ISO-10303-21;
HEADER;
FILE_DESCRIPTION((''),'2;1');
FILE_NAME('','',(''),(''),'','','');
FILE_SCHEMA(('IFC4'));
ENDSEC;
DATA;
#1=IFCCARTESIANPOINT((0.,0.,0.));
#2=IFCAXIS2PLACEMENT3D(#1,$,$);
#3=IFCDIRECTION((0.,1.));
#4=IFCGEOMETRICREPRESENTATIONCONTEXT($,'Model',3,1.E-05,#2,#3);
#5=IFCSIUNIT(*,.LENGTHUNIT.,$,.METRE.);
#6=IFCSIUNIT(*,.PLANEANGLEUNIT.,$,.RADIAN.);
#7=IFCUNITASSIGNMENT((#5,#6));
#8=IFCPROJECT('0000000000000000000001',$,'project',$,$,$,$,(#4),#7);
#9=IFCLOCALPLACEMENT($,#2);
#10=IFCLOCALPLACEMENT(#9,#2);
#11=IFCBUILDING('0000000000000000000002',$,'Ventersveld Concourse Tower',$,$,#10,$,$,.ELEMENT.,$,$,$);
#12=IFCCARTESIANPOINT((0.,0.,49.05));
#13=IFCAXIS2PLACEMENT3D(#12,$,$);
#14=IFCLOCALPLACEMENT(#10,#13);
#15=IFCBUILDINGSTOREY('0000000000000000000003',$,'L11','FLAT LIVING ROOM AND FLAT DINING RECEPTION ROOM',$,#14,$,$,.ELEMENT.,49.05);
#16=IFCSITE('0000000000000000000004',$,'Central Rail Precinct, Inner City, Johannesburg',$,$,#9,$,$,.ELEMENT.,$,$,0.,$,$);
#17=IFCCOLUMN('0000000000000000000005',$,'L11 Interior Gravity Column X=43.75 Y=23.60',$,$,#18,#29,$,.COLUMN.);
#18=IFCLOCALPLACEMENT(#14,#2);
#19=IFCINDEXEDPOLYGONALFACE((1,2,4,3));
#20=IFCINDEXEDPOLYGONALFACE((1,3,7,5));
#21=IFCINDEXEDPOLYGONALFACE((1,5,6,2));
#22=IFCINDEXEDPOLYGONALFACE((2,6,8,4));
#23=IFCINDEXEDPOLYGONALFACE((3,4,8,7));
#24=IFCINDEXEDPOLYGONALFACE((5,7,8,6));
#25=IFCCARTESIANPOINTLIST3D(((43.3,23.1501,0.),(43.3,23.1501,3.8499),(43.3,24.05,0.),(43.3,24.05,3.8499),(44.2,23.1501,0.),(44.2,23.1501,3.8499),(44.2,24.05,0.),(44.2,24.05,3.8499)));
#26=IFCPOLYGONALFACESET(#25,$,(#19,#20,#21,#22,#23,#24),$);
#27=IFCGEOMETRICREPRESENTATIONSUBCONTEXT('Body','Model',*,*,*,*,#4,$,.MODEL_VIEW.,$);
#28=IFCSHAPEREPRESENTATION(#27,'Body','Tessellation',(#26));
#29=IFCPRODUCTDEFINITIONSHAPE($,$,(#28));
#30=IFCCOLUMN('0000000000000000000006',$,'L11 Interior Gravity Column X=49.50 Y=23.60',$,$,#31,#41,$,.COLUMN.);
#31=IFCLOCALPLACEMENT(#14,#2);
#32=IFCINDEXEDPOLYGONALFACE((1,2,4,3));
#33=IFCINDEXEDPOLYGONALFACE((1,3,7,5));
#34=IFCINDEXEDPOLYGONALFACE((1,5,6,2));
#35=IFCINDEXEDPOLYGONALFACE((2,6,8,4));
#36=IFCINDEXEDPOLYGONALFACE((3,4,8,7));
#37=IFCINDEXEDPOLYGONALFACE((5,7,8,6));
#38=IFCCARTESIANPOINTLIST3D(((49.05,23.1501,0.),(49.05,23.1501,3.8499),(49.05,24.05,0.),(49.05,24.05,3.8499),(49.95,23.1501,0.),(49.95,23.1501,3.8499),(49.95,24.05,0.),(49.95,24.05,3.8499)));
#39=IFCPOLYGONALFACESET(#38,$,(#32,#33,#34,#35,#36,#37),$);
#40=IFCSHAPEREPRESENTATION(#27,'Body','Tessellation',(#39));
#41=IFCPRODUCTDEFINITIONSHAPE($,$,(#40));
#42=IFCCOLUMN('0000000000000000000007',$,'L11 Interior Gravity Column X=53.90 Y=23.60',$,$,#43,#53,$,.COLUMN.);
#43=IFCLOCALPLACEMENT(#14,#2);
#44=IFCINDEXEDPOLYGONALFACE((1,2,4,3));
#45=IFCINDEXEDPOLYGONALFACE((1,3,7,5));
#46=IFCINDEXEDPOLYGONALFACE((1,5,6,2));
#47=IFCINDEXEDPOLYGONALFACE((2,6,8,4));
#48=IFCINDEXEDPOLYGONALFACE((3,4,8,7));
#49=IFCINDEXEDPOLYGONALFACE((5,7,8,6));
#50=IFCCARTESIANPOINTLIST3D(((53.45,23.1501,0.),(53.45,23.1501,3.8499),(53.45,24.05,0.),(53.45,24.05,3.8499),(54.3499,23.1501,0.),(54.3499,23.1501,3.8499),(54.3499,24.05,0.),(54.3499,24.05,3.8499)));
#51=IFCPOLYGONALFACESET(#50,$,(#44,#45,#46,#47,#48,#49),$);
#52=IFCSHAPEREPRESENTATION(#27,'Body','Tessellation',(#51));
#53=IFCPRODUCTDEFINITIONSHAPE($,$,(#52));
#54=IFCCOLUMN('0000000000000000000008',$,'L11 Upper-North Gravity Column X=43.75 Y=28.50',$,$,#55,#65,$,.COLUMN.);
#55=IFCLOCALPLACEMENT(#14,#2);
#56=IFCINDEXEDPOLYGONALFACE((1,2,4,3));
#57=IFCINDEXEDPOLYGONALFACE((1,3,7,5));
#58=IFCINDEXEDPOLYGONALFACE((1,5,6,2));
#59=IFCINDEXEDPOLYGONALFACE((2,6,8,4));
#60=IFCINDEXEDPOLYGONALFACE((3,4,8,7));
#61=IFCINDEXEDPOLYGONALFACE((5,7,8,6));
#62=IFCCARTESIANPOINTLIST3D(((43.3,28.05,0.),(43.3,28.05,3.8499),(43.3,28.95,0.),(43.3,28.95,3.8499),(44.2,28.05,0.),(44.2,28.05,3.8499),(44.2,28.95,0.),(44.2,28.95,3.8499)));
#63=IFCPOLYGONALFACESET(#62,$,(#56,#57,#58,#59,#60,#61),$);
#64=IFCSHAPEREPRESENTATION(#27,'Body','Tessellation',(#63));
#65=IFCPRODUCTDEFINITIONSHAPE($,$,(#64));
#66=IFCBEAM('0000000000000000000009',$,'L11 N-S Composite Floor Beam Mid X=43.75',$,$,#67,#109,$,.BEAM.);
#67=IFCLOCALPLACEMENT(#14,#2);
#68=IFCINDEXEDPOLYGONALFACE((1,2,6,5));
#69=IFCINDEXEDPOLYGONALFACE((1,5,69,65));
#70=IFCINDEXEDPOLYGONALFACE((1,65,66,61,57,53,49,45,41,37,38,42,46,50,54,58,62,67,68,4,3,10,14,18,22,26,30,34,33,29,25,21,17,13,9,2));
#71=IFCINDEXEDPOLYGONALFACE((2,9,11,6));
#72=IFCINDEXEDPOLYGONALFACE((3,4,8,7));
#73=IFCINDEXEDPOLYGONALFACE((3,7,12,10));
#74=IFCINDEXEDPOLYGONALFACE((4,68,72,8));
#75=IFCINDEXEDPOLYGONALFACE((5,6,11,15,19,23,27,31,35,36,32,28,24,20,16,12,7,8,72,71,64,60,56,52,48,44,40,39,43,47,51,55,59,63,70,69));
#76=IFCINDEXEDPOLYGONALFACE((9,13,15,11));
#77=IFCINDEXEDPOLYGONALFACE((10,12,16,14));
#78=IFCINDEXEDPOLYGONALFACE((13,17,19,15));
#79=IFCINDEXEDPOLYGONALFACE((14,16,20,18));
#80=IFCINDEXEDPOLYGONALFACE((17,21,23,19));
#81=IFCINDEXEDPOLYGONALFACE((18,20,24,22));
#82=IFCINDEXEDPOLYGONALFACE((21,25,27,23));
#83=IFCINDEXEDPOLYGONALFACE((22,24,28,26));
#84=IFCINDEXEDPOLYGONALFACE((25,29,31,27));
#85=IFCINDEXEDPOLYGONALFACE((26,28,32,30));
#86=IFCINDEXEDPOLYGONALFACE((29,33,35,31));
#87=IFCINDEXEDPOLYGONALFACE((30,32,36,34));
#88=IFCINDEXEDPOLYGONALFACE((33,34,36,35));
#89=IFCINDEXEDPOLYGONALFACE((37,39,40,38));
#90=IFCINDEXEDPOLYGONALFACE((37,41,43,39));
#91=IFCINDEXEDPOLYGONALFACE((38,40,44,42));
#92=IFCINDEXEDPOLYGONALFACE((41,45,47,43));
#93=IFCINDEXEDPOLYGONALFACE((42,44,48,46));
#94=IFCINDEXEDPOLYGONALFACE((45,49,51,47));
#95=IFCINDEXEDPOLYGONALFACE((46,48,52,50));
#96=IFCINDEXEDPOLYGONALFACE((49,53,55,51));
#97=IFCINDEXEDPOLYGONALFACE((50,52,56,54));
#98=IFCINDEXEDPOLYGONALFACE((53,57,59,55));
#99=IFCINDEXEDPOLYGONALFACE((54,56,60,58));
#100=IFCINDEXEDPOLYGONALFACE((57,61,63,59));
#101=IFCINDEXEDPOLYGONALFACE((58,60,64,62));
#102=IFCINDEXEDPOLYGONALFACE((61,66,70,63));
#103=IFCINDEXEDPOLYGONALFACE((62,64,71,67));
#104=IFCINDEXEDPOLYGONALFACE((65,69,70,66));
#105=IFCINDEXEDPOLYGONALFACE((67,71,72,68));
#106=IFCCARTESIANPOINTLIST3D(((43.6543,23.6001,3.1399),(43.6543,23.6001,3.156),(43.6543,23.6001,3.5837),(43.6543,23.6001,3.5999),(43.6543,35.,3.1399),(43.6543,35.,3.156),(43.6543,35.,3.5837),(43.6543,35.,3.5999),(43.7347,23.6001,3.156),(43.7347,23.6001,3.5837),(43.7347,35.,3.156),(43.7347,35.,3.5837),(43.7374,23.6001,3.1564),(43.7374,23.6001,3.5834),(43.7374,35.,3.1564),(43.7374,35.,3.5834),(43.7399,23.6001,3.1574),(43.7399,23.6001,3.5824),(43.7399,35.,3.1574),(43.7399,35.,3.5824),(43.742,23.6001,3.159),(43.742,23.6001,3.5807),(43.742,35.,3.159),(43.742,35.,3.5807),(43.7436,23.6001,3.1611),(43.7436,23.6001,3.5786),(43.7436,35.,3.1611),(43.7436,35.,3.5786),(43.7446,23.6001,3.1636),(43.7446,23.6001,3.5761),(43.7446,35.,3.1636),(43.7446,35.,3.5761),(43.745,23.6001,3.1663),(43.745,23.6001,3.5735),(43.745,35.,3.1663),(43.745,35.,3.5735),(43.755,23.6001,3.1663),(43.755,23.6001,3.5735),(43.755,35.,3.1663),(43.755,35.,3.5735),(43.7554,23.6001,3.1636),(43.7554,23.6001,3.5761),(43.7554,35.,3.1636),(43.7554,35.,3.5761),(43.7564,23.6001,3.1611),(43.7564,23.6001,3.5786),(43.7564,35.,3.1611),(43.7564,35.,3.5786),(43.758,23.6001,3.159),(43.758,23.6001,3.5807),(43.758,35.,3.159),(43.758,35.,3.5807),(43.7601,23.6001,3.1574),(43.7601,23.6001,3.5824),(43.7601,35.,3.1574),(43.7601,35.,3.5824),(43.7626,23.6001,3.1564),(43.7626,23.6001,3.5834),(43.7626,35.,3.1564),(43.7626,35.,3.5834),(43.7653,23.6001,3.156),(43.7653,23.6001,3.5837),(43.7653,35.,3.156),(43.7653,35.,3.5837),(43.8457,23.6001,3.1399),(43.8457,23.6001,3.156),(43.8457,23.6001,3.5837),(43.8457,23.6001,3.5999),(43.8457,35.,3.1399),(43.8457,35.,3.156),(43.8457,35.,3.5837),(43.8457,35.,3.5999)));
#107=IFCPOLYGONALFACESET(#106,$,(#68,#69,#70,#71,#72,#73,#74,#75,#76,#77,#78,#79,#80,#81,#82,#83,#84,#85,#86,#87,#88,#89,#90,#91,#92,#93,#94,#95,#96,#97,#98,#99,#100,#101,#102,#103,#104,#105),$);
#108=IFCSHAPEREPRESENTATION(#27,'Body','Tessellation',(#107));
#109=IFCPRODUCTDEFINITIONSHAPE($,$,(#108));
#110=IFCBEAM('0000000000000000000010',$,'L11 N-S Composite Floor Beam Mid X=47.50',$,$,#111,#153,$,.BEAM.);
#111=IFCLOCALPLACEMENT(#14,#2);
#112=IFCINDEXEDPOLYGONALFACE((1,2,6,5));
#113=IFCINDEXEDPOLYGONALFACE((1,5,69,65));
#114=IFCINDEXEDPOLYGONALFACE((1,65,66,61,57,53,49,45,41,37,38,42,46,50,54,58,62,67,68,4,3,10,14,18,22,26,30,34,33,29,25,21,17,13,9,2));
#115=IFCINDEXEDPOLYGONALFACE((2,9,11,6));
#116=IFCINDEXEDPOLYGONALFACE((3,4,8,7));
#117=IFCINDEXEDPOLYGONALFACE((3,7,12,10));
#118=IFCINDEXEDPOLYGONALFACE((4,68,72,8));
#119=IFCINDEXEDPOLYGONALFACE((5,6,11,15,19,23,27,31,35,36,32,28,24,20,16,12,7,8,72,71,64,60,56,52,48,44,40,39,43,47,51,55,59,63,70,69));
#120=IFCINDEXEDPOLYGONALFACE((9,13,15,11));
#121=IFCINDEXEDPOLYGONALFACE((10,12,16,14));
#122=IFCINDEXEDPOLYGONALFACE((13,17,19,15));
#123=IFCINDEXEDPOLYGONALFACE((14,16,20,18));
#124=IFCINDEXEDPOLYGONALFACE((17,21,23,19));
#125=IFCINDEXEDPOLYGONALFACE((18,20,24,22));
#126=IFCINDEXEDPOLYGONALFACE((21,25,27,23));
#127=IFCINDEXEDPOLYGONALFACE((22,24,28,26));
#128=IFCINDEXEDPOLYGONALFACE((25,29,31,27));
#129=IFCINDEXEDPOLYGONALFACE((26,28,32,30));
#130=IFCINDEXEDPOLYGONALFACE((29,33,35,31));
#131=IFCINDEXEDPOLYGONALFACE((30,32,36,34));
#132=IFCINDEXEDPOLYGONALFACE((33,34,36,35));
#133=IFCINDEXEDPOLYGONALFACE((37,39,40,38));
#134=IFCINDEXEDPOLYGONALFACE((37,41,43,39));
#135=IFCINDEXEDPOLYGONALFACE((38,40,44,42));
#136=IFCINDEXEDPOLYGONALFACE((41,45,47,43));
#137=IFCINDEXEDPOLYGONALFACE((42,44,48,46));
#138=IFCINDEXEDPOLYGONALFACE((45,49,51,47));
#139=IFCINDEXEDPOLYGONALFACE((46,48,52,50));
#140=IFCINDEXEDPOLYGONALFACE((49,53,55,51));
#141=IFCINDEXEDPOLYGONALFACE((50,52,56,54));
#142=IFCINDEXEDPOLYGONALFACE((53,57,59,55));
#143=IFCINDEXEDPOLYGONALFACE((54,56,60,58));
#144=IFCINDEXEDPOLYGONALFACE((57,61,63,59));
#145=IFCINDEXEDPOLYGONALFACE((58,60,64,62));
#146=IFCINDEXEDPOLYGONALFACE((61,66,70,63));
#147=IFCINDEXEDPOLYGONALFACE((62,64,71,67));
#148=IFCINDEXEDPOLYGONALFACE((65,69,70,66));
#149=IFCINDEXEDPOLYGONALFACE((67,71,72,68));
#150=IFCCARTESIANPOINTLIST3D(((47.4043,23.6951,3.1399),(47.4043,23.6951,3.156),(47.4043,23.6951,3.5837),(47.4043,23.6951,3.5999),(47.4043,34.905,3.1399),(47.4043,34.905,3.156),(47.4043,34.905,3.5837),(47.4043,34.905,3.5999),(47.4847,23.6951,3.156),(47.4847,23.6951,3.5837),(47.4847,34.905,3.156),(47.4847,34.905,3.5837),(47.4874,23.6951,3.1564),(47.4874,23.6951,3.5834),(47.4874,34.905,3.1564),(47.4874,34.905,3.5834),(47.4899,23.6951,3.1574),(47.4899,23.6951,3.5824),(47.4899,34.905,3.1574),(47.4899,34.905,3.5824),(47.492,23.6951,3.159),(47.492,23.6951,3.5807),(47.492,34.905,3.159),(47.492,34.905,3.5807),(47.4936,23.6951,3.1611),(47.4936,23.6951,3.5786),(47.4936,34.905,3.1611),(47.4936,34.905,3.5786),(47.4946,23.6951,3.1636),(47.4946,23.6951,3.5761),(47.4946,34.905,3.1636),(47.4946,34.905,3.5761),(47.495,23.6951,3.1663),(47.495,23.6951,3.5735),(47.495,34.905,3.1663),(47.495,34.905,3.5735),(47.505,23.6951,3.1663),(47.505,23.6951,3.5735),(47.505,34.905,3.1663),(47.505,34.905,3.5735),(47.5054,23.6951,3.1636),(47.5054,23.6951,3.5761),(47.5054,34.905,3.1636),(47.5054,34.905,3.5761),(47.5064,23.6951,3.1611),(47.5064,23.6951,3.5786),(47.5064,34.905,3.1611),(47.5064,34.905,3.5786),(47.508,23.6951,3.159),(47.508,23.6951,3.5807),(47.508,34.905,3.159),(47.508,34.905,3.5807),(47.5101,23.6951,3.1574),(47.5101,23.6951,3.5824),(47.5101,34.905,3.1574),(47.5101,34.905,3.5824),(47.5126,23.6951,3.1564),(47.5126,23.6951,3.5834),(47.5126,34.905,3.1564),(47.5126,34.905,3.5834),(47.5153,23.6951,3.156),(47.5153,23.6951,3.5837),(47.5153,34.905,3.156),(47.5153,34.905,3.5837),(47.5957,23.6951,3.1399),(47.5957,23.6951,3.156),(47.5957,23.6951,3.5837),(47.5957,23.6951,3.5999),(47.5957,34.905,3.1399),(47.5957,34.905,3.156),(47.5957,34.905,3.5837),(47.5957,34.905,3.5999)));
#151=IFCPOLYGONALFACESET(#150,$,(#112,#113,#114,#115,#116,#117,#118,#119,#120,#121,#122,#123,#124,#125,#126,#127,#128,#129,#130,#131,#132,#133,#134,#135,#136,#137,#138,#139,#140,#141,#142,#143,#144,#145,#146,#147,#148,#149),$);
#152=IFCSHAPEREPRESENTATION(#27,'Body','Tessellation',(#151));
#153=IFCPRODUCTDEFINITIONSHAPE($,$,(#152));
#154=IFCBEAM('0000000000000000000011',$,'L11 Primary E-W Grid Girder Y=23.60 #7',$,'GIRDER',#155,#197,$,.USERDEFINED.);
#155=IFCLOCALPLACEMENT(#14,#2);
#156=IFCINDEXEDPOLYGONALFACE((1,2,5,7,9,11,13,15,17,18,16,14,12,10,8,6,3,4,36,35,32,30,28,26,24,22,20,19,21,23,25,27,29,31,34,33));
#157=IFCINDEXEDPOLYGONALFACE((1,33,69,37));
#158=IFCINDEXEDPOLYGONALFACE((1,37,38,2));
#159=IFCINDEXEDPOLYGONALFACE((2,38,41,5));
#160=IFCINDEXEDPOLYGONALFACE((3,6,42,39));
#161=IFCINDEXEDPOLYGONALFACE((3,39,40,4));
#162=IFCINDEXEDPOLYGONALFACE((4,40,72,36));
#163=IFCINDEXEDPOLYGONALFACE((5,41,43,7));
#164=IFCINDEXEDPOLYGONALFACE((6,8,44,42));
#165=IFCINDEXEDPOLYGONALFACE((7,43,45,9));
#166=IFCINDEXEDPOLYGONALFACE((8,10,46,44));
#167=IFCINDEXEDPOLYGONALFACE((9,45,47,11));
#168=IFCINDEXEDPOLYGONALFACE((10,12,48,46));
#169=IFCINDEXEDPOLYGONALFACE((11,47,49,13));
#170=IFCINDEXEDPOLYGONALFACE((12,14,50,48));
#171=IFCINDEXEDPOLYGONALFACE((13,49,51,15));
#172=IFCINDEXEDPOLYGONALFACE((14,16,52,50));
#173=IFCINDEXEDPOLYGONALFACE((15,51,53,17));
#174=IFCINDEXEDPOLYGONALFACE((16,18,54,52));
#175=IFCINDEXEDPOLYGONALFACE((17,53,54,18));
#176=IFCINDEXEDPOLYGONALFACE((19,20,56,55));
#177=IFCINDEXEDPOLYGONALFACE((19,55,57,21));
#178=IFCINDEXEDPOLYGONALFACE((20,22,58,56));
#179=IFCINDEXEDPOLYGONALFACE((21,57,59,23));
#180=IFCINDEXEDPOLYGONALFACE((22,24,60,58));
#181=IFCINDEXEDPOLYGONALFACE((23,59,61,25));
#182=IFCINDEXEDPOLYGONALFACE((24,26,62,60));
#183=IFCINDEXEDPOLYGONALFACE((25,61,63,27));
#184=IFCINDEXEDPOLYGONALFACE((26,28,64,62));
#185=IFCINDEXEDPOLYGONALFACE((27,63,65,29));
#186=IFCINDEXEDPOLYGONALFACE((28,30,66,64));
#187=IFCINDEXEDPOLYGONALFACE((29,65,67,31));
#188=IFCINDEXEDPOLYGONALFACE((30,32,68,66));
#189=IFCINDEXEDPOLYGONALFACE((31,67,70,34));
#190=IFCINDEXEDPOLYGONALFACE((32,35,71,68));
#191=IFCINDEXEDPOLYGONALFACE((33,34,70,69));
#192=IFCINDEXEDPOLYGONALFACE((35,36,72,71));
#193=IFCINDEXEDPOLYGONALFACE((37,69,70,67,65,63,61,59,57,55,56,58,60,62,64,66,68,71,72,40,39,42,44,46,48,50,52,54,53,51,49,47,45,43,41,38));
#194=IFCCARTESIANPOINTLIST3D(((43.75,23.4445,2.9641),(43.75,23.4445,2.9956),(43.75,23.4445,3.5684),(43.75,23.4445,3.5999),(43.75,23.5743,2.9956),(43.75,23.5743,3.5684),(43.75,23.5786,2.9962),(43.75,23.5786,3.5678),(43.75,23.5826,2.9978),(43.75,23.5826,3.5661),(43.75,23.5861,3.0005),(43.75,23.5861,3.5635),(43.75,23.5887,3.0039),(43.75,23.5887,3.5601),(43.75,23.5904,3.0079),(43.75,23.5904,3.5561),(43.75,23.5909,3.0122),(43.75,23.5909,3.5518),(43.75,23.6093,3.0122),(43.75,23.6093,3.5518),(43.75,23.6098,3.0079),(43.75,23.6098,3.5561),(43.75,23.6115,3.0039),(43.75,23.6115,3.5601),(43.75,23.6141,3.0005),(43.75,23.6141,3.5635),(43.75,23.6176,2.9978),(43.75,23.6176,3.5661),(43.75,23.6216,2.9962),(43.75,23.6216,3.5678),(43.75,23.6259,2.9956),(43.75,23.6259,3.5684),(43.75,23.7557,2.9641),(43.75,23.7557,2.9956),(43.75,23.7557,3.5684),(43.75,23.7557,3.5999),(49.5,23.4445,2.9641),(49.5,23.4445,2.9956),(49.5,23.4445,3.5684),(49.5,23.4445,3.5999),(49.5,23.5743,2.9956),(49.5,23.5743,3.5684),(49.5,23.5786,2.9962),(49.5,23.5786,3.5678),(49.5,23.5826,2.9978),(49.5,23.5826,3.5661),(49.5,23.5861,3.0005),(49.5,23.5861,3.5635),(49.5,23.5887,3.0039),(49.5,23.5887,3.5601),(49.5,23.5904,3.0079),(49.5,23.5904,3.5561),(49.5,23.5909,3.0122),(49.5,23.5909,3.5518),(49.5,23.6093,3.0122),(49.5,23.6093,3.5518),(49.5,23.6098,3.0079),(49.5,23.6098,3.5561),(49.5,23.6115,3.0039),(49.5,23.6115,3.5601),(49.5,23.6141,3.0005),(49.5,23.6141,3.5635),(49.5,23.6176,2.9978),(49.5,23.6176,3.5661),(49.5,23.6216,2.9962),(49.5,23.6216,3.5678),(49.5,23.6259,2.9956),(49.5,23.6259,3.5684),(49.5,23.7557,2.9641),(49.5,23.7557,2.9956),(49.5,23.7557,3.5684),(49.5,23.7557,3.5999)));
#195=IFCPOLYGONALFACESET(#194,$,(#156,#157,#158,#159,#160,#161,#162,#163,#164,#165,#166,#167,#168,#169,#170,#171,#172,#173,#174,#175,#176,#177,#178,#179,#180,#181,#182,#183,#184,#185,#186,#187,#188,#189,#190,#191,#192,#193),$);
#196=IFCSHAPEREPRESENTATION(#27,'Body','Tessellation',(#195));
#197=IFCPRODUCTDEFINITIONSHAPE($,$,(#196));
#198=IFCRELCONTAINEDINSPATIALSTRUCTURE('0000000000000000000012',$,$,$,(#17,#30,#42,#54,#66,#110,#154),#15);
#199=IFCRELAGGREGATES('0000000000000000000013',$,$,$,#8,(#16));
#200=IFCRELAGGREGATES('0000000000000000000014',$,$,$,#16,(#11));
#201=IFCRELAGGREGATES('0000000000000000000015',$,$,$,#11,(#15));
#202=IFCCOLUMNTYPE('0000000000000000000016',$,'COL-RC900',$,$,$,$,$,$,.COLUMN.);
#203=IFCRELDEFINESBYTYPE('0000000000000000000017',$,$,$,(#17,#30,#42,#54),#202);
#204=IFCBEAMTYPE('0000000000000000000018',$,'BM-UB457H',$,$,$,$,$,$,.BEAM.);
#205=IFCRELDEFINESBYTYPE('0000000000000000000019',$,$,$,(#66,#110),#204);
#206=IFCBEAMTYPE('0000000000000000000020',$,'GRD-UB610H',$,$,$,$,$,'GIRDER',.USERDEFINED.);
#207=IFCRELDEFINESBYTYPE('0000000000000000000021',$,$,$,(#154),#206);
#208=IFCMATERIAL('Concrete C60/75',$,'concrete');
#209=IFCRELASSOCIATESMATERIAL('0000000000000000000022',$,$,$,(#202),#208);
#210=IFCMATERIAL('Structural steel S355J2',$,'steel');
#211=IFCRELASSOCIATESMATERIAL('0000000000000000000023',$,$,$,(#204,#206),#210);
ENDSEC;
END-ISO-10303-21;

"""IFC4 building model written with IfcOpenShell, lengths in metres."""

from ifc_helpers import new_model, si_unit, direction, frame, origin, origin_2d, place, context, subcontext, project, spatial, rectangle, i_section, extrude, material, material_profile, profile_set, type_object, element, save


model = new_model("IFC4")

# Units and contexts
model_context = context("Model", 3, precision=1e-05, world=origin(), true_north=direction((0.0, 1.0)))
body_context = subcontext(model_context, "Body", "Model", "MODEL_VIEW")
ifc_project = project(units=[si_unit("LENGTHUNIT", "METRE"), si_unit("PLANEANGLEUNIT", "RADIAN")], contexts=[model_context])

# Site, building, storey
site_placement = place(None, origin())
site = spatial("IfcSite", under=ifc_project, at=site_placement, Name="Central Rail Precinct, Inner City, Johannesburg", CompositionType="ELEMENT", RefElevation=0.0)
building_placement = place(site_placement, origin())
building = spatial("IfcBuilding", under=site, at=building_placement, Name="Ventersveld Concourse Tower", CompositionType="ELEMENT")
storey_placement = place(building_placement, frame((0.0, 0.0, 49.05)))
storey = spatial("IfcBuildingStorey", under=building, at=storey_placement, Name="L11", Description="FLAT LIVING ROOM AND FLAT DINING RECEPTION ROOM", CompositionType="ELEMENT", Elevation=49.05)

# Columns
ifc_material_1 = material(Name="Concrete C60/75", Category="concrete")
ifc_material_profile_1 = material_profile(ifc_material_1, rectangle(XDim=0.8999, YDim=0.8999, at=origin_2d()), Name="RC 900x900")
ifc_profile_set_1 = profile_set([ifc_material_profile_1], Name="Concrete C60/75")
column_type = type_object("IfcColumnType", Name="COL-RC900", PredefinedType="COLUMN", material=ifc_profile_set_1)
for number, where, z_axis, x_axis, name in (
    (1, (43.75, 23.6001, 0.0), (0.0, 0.0, 1.0), (1.0, 0.0, 0.0), "L11 Interior Gravity Column X=43.75 Y=23.60"),
    (2, (49.5, 23.6001, 0.0), (0.0, 0.0, 1.0), (1.0, 0.0, 0.0), "L11 Interior Gravity Column X=49.50 Y=23.60"),
    (3, (53.8999, 23.6001, 0.0), (0.0, 0.0, 1.0), (1.0, 0.0, 0.0), "L11 Interior Gravity Column X=53.90 Y=23.60"),
    (4, (43.75, 28.5, 0.0), (0.0, 0.0, 1.0), (1.0, 0.0, 0.0), "L11 Upper-North Gravity Column X=43.75 Y=28.50"),
):
    element("IfcColumn", number, at=place(storey_placement, frame(where, z_axis=z_axis, x_axis=x_axis)), inside=storey, type_object=column_type, Name=name, PredefinedType="COLUMN", context=body_context, shape_type="SweptSolid", body=[
        extrude(rectangle(XDim=0.8999, YDim=0.8999, at=origin_2d()), origin(), (0.0, 0.0, 1.0), 3.8499),
    ])

# Beams
ifc_material_2 = material(Name="Structural steel S355J2", Category="steel")
ifc_material_profile_2 = material_profile(ifc_material_2, i_section(OverallWidth=0.1914, OverallDepth=0.46, WebThickness=0.01, FlangeThickness=0.0161, FilletRadius=0.0103, at=origin_2d()), Name="UB 457x191x82")
ifc_profile_set_2 = profile_set([ifc_material_profile_2], Name="Structural steel S355J2")
beam_type_1 = type_object("IfcBeamType", Name="BM-UB457H", PredefinedType="BEAM", material=ifc_profile_set_2)
beam_1_placement = place(storey_placement, frame((43.75, 23.6001, 3.3699), z_axis=(0.0, 1.0, 0.0), x_axis=(-1.0, 0.0, 0.0)))
element("IfcBeam", 5, at=beam_1_placement, inside=storey, type_object=beam_type_1, Name="L11 N-S Composite Floor Beam Mid X=43.75", PredefinedType="BEAM", context=body_context, shape_type="SweptSolid", body=[
    extrude(i_section(OverallWidth=0.1914, OverallDepth=0.46, WebThickness=0.01, FlangeThickness=0.0161, FilletRadius=0.0103, at=origin_2d()), origin(), (0.0, 0.0, 1.0), 11.3999),
])
beam_2_placement = place(storey_placement, frame((47.5, 23.6951, 3.3699), z_axis=(0.0, 1.0, 0.0), x_axis=(-1.0, 0.0, 0.0)))
element("IfcBeam", 6, at=beam_2_placement, inside=storey, type_object=beam_type_1, Name="L11 N-S Composite Floor Beam Mid X=47.50", PredefinedType="BEAM", context=body_context, shape_type="SweptSolid", body=[
    extrude(i_section(OverallWidth=0.1914, OverallDepth=0.46, WebThickness=0.01, FlangeThickness=0.0161, FilletRadius=0.0103, at=origin_2d()), origin(), (0.0, 0.0, 1.0), 11.21),
])
ifc_material_profile_3 = material_profile(ifc_material_2, i_section(OverallWidth=0.3113, OverallDepth=0.6357, WebThickness=0.0183, FlangeThickness=0.0315, FilletRadius=0.0166, at=origin_2d()), Name="UB 610x305x238")
ifc_profile_set_3 = profile_set([ifc_material_profile_3], Name="Structural steel S355J2")
beam_type_2 = type_object("IfcBeamType", Name="GRD-UB610H", ElementType="GIRDER", PredefinedType="USERDEFINED", material=ifc_profile_set_3)
beam_3_placement = place(storey_placement, frame((43.75, 23.6001, 3.282), z_axis=(1.0, 0.0, 0.0), x_axis=(0.0, 1.0, 0.0)))
element("IfcBeam", 7, at=beam_3_placement, inside=storey, type_object=beam_type_2, Name="L11 Primary E-W Grid Girder Y=23.60 #7", ObjectType="GIRDER", PredefinedType="USERDEFINED", context=body_context, shape_type="SweptSolid", body=[
    extrude(i_section(OverallWidth=0.3113, OverallDepth=0.6357, WebThickness=0.0183, FlangeThickness=0.0315, FilletRadius=0.0166, at=origin_2d()), origin(), (0.0, 0.0, 1.0), 5.75),
])

save(model, "model.ifc")
